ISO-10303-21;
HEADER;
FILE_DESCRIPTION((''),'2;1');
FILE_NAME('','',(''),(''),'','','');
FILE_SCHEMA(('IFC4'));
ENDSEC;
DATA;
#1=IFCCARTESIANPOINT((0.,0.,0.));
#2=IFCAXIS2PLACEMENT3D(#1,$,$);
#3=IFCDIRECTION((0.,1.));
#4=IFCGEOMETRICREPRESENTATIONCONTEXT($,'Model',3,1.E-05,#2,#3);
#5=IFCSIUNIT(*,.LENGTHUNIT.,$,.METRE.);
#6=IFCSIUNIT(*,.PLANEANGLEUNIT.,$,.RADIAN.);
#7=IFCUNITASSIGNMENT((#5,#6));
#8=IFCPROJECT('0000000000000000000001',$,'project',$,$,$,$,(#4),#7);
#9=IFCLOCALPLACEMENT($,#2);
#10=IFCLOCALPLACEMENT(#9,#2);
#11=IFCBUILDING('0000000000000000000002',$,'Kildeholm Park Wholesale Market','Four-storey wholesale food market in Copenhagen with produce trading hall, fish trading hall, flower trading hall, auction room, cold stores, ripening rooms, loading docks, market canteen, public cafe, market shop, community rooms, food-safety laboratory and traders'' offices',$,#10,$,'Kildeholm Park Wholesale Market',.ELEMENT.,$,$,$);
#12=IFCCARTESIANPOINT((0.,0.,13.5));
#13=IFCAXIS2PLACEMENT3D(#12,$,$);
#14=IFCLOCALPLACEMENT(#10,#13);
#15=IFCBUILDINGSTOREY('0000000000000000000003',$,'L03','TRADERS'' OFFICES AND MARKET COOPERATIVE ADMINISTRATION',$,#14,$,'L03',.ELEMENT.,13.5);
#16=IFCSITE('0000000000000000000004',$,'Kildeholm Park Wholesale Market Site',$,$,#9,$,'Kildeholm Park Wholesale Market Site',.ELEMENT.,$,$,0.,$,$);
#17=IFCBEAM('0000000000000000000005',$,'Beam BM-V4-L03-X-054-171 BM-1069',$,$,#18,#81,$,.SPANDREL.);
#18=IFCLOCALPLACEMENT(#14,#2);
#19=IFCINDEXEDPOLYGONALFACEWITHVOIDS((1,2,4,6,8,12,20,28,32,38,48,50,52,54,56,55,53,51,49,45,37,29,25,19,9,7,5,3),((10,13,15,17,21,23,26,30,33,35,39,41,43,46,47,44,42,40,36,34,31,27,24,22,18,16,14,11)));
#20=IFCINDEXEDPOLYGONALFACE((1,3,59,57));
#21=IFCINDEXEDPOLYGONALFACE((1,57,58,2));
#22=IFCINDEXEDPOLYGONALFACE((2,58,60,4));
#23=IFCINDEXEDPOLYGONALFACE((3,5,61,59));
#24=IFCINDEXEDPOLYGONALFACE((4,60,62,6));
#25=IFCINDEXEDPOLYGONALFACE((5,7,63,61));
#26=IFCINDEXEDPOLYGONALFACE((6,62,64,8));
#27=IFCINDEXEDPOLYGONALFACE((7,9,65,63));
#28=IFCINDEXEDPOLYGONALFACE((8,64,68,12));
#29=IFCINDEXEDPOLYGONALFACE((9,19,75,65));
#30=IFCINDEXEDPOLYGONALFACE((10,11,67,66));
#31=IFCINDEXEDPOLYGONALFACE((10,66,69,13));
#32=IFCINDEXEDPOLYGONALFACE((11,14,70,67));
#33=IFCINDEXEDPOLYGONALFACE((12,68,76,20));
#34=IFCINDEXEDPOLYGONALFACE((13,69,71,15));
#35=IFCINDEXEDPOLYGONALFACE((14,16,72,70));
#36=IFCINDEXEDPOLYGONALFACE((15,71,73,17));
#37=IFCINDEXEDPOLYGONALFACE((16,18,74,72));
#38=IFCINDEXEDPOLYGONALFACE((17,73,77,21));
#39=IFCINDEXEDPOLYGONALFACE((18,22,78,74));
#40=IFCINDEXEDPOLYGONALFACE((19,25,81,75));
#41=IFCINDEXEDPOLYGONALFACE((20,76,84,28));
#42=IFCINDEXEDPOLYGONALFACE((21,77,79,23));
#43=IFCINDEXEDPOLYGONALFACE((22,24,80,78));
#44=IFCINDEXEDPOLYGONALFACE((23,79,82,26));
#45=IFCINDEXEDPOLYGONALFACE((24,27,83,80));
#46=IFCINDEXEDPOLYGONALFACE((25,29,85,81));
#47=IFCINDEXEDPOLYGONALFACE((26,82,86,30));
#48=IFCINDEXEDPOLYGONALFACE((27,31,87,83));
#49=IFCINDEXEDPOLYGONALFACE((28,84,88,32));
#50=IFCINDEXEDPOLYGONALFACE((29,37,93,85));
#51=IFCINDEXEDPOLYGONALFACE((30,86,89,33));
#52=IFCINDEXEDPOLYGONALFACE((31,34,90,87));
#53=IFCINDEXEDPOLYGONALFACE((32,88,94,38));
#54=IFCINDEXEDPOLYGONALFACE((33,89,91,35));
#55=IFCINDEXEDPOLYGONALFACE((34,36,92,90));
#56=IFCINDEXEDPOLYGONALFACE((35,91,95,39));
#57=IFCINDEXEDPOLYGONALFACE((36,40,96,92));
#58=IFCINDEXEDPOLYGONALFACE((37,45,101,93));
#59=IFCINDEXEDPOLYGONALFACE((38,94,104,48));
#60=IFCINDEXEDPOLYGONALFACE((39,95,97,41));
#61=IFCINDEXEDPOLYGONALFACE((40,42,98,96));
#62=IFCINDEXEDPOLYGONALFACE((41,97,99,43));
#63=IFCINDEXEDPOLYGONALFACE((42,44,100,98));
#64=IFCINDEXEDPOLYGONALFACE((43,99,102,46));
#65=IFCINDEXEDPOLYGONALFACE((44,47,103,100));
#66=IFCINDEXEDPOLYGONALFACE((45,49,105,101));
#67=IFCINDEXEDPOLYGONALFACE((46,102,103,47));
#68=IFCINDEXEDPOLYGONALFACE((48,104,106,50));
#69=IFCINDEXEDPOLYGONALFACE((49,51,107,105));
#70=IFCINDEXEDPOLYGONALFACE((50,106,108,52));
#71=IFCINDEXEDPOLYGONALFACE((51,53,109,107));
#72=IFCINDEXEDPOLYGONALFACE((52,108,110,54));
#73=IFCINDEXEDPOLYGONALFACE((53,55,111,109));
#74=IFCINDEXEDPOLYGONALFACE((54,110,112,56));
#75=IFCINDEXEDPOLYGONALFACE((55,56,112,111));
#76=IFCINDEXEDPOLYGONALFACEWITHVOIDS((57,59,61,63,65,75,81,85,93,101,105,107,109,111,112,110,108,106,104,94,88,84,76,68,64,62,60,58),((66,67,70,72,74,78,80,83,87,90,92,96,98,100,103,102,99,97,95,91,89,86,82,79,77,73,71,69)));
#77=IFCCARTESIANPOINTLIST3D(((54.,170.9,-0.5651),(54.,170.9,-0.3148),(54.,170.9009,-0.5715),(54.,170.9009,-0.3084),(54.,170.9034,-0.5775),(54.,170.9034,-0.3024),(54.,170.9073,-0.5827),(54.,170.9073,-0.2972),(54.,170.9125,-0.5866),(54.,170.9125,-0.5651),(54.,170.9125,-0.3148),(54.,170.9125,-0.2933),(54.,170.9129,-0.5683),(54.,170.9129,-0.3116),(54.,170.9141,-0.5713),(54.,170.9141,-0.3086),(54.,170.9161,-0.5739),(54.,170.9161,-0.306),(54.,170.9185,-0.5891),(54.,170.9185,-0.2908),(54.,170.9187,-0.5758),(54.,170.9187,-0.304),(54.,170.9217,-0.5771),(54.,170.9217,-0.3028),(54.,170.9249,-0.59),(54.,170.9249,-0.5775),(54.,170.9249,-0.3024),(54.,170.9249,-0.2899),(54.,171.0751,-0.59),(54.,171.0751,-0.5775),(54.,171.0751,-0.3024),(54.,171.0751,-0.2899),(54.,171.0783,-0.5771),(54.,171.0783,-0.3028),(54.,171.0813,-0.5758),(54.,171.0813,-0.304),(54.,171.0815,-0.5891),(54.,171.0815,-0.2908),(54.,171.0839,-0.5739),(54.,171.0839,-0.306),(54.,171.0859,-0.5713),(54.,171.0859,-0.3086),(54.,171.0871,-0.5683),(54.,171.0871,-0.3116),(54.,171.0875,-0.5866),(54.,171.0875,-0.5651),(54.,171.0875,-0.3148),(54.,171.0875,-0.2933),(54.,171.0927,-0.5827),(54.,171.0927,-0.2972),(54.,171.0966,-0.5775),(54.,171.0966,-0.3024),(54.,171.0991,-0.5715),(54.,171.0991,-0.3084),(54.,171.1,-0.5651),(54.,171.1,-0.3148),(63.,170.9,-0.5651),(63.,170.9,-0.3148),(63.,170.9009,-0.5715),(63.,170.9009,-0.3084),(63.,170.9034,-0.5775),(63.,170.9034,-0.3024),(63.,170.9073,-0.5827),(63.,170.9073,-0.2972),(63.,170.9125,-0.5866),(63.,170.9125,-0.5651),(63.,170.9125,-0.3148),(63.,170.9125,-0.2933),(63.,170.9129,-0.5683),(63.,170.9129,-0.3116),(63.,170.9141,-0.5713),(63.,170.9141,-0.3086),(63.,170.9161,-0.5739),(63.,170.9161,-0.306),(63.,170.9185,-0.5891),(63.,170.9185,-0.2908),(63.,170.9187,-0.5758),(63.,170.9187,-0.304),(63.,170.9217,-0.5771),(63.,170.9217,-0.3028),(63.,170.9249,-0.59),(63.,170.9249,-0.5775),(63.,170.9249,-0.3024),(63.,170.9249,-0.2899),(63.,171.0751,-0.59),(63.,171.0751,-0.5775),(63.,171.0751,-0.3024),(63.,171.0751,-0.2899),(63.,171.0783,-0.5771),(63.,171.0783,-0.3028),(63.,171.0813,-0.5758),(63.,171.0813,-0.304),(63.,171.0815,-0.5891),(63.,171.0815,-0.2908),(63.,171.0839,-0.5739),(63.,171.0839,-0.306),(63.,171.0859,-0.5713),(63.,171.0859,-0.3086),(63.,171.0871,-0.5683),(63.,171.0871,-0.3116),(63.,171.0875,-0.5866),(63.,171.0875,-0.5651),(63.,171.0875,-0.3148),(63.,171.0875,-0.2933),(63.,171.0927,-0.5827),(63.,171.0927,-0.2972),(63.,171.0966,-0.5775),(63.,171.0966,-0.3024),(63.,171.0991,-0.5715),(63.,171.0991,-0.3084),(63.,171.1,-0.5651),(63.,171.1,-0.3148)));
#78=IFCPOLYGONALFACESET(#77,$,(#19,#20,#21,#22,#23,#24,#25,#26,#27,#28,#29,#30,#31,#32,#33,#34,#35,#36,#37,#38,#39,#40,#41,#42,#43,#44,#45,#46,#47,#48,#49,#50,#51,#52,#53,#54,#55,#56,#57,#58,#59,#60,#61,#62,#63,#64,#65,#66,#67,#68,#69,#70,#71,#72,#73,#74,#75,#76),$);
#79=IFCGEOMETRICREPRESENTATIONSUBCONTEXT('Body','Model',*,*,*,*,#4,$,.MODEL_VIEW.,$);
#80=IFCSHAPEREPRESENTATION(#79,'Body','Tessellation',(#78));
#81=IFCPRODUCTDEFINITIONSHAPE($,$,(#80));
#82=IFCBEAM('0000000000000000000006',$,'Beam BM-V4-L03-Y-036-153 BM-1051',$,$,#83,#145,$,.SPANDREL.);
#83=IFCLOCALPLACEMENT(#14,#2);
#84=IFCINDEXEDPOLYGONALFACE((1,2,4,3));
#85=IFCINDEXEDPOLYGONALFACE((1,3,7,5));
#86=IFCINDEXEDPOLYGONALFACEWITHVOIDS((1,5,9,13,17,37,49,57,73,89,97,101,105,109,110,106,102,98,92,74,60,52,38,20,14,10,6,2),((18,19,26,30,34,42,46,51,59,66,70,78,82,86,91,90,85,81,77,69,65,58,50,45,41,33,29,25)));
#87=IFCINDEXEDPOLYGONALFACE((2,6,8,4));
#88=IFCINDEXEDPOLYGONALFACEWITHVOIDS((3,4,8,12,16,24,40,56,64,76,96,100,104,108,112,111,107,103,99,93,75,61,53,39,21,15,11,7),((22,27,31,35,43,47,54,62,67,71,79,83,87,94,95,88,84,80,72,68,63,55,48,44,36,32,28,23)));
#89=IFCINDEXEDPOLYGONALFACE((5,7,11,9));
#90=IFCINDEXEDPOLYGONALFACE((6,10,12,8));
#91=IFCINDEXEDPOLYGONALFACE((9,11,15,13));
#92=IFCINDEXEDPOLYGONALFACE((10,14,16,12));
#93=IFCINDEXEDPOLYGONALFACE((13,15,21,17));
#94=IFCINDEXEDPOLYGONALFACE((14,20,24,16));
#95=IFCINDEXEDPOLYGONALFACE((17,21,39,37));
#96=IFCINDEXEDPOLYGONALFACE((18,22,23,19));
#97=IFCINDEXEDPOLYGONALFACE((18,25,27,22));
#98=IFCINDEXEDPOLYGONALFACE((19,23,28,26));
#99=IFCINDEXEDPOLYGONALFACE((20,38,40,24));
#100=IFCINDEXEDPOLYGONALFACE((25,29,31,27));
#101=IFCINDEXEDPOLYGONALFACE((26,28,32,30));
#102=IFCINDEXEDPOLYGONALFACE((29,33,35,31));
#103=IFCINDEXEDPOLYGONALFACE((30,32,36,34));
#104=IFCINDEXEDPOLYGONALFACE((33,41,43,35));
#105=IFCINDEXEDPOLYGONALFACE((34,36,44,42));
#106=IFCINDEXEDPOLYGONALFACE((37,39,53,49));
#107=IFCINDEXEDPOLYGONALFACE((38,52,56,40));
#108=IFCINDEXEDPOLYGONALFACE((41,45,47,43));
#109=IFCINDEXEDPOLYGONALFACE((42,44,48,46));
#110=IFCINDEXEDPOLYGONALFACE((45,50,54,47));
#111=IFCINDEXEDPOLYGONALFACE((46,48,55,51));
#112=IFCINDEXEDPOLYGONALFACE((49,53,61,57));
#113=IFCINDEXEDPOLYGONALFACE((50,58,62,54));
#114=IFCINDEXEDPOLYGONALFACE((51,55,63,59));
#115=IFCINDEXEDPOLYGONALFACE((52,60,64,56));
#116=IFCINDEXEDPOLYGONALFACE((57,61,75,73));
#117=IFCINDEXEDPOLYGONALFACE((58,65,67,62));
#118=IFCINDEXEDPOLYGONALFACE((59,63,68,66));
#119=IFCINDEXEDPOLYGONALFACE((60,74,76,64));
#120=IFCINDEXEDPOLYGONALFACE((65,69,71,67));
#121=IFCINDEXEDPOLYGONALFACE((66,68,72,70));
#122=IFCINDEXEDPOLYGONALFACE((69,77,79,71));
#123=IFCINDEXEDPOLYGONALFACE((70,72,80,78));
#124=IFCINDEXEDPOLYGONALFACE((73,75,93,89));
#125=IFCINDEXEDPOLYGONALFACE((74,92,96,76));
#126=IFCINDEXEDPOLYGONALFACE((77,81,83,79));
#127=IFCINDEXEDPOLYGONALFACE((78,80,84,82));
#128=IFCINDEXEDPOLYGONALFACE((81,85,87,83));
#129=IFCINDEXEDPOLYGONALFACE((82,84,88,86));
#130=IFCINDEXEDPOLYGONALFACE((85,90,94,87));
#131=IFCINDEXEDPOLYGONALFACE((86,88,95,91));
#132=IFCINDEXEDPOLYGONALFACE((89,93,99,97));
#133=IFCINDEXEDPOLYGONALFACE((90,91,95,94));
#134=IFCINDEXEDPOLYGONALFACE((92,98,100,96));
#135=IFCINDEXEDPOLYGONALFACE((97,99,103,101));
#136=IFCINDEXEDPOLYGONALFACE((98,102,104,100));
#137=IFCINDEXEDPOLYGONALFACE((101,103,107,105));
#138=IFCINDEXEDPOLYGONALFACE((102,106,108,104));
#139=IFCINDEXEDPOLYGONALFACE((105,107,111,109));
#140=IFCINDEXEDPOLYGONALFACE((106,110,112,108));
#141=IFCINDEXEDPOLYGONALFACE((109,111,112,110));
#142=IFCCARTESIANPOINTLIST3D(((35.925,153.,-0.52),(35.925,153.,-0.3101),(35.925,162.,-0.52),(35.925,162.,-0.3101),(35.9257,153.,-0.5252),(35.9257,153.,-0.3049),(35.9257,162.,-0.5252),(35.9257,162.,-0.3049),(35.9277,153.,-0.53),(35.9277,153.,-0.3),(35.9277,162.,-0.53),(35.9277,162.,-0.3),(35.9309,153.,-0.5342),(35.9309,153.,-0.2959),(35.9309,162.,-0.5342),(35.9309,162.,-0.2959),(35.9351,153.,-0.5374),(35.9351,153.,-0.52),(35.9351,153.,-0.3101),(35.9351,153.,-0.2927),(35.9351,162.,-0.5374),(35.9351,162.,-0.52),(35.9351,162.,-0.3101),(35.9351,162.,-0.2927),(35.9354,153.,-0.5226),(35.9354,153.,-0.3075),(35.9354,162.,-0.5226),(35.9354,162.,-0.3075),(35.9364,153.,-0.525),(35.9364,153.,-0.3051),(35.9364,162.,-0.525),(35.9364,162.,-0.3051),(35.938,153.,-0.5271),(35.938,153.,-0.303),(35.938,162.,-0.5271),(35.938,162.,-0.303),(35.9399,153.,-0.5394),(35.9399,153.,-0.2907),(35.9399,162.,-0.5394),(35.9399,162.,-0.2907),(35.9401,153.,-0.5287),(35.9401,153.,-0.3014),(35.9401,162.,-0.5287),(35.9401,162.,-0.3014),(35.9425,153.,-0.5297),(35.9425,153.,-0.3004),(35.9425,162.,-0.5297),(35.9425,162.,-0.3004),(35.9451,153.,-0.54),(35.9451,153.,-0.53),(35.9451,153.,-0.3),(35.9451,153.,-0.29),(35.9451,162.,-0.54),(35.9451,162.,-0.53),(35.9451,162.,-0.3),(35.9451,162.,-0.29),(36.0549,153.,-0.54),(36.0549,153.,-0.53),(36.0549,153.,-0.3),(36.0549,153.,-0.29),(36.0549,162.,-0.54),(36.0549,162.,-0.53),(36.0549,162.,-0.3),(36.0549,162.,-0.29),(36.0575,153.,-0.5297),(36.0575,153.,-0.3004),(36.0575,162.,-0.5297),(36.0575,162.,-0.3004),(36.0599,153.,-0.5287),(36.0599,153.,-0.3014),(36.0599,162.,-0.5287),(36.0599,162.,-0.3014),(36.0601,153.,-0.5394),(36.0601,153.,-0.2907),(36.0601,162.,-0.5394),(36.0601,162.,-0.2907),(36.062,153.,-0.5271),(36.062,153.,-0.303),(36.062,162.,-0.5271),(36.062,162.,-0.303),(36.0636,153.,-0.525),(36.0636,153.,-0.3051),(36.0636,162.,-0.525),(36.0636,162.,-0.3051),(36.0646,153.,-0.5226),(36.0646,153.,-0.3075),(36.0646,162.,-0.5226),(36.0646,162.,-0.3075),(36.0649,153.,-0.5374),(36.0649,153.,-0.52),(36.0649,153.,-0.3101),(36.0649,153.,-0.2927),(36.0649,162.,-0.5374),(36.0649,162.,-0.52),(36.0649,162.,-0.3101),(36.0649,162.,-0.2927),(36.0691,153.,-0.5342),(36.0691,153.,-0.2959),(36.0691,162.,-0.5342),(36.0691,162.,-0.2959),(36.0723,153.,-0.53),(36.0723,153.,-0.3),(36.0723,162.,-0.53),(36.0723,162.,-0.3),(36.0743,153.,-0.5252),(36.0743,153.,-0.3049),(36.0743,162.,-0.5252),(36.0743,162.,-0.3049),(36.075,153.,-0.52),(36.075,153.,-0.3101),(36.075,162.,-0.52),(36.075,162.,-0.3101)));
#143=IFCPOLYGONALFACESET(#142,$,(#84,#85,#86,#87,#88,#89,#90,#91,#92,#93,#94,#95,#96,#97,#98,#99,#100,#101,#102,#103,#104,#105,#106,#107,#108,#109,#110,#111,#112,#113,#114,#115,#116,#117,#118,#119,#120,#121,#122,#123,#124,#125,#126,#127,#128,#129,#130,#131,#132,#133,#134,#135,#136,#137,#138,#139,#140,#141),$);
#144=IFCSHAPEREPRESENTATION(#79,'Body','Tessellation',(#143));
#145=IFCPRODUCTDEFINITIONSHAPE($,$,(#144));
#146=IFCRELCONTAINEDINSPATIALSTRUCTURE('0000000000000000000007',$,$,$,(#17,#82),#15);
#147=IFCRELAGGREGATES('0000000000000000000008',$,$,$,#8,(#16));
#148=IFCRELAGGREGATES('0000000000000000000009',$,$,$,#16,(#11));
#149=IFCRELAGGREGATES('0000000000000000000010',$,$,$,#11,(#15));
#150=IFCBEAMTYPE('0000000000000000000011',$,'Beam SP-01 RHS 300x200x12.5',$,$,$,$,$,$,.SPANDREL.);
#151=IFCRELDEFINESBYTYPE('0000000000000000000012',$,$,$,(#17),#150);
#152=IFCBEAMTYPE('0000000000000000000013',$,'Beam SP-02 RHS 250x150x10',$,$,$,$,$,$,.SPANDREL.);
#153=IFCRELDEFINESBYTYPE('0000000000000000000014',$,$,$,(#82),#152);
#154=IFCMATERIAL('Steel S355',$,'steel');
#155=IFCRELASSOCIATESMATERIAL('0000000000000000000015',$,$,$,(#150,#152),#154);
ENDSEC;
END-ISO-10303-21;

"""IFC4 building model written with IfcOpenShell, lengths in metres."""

from ifc_helpers import new_model, si_unit, direction, frame, origin, origin_2d, place, context, subcontext, project, spatial, hollow_rectangle, extrude, material, material_profile, profile_set, type_object, element, save


model = new_model("IFC4")

# Units and contexts
model_context = context("Model", 3, precision=1e-05, world=origin(), true_north=direction((0.0, 1.0)))
body_context = subcontext(model_context, "Body", "Model", "MODEL_VIEW")
ifc_project = project(units=[si_unit("LENGTHUNIT", "METRE"), si_unit("PLANEANGLEUNIT", "RADIAN")], contexts=[model_context])

# Site, building, storey
site_placement = place(None, origin())
site = spatial("IfcSite", under=ifc_project, at=site_placement, Name="Kildeholm Park Wholesale Market Site", LongName="Kildeholm Park Wholesale Market Site", CompositionType="ELEMENT", RefElevation=0.0)
building_placement = place(site_placement, origin())
building = spatial("IfcBuilding", under=site, at=building_placement, Name="Kildeholm Park Wholesale Market", Description="Four-storey wholesale food market in Copenhagen with produce trading hall, fish trading hall, flower trading hall, auction room, cold stores, ripening rooms, loading docks, market canteen, public cafe, market shop, community rooms, food-safety laboratory and traders' offices", LongName="Kildeholm Park Wholesale Market", CompositionType="ELEMENT")
storey_placement = place(building_placement, frame((0.0, 0.0, 13.5)))
storey = spatial("IfcBuildingStorey", under=building, at=storey_placement, Name="L03", Description="TRADERS' OFFICES AND MARKET COOPERATIVE ADMINISTRATION", LongName="L03", CompositionType="ELEMENT", Elevation=13.5)

# Beams
ifc_material_1 = material(Name="Steel S355", Category="steel")
ifc_material_profile_1 = material_profile(ifc_material_1, hollow_rectangle(XDim=0.2, YDim=0.3, WallThickness=0.0125, InnerFilletRadius=0.0125, OuterFilletRadius=0.0249, at=origin_2d()), Name="RHS 300x200x12.5")
ifc_profile_set_1 = profile_set([ifc_material_profile_1], Name="Steel S355")
beam_type_1 = type_object("IfcBeamType", Name="Beam SP-01 RHS 300x200x12.5", PredefinedType="SPANDREL", material=ifc_profile_set_1)
for number, where, z_axis, x_axis, name in (
    (1, (54.0, 171.0, -0.4399), (1.0, 0.0, 0.0), (0.0, 1.0, 0.0), "Beam BM-V4-L03-X-054-171 BM-1069"),
):
    element("IfcBeam", number, at=place(storey_placement, frame(where, z_axis=z_axis, x_axis=x_axis)), inside=storey, type_object=beam_type_1, Name=name, PredefinedType="SPANDREL", context=body_context, shape_type="SweptSolid", body=[
        extrude(hollow_rectangle(XDim=0.2, YDim=0.3, WallThickness=0.0125, InnerFilletRadius=0.0125, OuterFilletRadius=0.0249, at=origin_2d()), origin(), (0.0, 0.0, 1.0), 9.0),
    ])
ifc_material_profile_2 = material_profile(ifc_material_1, hollow_rectangle(XDim=0.1499, YDim=0.25, WallThickness=0.01, InnerFilletRadius=0.01, OuterFilletRadius=0.02, at=origin_2d()), Name="RHS 250x150x10")
ifc_profile_set_2 = profile_set([ifc_material_profile_2], Name="Steel S355")
beam_type_2 = type_object("IfcBeamType", Name="Beam SP-02 RHS 250x150x10", PredefinedType="SPANDREL", material=ifc_profile_set_2)
for number, where, z_axis, x_axis, name in (
    (2, (36.0, 153.0, -0.415), (0.0, 1.0, 0.0), (-1.0, 0.0, 0.0), "Beam BM-V4-L03-Y-036-153 BM-1051"),
):
    element("IfcBeam", number, at=place(storey_placement, frame(where, z_axis=z_axis, x_axis=x_axis)), inside=storey, type_object=beam_type_2, Name=name, PredefinedType="SPANDREL", context=body_context, shape_type="SweptSolid", body=[
        extrude(hollow_rectangle(XDim=0.1499, YDim=0.25, WallThickness=0.01, InnerFilletRadius=0.01, OuterFilletRadius=0.02, at=origin_2d()), origin(), (0.0, 0.0, 1.0), 9.0),
    ])

save(model, "model.ifc")
